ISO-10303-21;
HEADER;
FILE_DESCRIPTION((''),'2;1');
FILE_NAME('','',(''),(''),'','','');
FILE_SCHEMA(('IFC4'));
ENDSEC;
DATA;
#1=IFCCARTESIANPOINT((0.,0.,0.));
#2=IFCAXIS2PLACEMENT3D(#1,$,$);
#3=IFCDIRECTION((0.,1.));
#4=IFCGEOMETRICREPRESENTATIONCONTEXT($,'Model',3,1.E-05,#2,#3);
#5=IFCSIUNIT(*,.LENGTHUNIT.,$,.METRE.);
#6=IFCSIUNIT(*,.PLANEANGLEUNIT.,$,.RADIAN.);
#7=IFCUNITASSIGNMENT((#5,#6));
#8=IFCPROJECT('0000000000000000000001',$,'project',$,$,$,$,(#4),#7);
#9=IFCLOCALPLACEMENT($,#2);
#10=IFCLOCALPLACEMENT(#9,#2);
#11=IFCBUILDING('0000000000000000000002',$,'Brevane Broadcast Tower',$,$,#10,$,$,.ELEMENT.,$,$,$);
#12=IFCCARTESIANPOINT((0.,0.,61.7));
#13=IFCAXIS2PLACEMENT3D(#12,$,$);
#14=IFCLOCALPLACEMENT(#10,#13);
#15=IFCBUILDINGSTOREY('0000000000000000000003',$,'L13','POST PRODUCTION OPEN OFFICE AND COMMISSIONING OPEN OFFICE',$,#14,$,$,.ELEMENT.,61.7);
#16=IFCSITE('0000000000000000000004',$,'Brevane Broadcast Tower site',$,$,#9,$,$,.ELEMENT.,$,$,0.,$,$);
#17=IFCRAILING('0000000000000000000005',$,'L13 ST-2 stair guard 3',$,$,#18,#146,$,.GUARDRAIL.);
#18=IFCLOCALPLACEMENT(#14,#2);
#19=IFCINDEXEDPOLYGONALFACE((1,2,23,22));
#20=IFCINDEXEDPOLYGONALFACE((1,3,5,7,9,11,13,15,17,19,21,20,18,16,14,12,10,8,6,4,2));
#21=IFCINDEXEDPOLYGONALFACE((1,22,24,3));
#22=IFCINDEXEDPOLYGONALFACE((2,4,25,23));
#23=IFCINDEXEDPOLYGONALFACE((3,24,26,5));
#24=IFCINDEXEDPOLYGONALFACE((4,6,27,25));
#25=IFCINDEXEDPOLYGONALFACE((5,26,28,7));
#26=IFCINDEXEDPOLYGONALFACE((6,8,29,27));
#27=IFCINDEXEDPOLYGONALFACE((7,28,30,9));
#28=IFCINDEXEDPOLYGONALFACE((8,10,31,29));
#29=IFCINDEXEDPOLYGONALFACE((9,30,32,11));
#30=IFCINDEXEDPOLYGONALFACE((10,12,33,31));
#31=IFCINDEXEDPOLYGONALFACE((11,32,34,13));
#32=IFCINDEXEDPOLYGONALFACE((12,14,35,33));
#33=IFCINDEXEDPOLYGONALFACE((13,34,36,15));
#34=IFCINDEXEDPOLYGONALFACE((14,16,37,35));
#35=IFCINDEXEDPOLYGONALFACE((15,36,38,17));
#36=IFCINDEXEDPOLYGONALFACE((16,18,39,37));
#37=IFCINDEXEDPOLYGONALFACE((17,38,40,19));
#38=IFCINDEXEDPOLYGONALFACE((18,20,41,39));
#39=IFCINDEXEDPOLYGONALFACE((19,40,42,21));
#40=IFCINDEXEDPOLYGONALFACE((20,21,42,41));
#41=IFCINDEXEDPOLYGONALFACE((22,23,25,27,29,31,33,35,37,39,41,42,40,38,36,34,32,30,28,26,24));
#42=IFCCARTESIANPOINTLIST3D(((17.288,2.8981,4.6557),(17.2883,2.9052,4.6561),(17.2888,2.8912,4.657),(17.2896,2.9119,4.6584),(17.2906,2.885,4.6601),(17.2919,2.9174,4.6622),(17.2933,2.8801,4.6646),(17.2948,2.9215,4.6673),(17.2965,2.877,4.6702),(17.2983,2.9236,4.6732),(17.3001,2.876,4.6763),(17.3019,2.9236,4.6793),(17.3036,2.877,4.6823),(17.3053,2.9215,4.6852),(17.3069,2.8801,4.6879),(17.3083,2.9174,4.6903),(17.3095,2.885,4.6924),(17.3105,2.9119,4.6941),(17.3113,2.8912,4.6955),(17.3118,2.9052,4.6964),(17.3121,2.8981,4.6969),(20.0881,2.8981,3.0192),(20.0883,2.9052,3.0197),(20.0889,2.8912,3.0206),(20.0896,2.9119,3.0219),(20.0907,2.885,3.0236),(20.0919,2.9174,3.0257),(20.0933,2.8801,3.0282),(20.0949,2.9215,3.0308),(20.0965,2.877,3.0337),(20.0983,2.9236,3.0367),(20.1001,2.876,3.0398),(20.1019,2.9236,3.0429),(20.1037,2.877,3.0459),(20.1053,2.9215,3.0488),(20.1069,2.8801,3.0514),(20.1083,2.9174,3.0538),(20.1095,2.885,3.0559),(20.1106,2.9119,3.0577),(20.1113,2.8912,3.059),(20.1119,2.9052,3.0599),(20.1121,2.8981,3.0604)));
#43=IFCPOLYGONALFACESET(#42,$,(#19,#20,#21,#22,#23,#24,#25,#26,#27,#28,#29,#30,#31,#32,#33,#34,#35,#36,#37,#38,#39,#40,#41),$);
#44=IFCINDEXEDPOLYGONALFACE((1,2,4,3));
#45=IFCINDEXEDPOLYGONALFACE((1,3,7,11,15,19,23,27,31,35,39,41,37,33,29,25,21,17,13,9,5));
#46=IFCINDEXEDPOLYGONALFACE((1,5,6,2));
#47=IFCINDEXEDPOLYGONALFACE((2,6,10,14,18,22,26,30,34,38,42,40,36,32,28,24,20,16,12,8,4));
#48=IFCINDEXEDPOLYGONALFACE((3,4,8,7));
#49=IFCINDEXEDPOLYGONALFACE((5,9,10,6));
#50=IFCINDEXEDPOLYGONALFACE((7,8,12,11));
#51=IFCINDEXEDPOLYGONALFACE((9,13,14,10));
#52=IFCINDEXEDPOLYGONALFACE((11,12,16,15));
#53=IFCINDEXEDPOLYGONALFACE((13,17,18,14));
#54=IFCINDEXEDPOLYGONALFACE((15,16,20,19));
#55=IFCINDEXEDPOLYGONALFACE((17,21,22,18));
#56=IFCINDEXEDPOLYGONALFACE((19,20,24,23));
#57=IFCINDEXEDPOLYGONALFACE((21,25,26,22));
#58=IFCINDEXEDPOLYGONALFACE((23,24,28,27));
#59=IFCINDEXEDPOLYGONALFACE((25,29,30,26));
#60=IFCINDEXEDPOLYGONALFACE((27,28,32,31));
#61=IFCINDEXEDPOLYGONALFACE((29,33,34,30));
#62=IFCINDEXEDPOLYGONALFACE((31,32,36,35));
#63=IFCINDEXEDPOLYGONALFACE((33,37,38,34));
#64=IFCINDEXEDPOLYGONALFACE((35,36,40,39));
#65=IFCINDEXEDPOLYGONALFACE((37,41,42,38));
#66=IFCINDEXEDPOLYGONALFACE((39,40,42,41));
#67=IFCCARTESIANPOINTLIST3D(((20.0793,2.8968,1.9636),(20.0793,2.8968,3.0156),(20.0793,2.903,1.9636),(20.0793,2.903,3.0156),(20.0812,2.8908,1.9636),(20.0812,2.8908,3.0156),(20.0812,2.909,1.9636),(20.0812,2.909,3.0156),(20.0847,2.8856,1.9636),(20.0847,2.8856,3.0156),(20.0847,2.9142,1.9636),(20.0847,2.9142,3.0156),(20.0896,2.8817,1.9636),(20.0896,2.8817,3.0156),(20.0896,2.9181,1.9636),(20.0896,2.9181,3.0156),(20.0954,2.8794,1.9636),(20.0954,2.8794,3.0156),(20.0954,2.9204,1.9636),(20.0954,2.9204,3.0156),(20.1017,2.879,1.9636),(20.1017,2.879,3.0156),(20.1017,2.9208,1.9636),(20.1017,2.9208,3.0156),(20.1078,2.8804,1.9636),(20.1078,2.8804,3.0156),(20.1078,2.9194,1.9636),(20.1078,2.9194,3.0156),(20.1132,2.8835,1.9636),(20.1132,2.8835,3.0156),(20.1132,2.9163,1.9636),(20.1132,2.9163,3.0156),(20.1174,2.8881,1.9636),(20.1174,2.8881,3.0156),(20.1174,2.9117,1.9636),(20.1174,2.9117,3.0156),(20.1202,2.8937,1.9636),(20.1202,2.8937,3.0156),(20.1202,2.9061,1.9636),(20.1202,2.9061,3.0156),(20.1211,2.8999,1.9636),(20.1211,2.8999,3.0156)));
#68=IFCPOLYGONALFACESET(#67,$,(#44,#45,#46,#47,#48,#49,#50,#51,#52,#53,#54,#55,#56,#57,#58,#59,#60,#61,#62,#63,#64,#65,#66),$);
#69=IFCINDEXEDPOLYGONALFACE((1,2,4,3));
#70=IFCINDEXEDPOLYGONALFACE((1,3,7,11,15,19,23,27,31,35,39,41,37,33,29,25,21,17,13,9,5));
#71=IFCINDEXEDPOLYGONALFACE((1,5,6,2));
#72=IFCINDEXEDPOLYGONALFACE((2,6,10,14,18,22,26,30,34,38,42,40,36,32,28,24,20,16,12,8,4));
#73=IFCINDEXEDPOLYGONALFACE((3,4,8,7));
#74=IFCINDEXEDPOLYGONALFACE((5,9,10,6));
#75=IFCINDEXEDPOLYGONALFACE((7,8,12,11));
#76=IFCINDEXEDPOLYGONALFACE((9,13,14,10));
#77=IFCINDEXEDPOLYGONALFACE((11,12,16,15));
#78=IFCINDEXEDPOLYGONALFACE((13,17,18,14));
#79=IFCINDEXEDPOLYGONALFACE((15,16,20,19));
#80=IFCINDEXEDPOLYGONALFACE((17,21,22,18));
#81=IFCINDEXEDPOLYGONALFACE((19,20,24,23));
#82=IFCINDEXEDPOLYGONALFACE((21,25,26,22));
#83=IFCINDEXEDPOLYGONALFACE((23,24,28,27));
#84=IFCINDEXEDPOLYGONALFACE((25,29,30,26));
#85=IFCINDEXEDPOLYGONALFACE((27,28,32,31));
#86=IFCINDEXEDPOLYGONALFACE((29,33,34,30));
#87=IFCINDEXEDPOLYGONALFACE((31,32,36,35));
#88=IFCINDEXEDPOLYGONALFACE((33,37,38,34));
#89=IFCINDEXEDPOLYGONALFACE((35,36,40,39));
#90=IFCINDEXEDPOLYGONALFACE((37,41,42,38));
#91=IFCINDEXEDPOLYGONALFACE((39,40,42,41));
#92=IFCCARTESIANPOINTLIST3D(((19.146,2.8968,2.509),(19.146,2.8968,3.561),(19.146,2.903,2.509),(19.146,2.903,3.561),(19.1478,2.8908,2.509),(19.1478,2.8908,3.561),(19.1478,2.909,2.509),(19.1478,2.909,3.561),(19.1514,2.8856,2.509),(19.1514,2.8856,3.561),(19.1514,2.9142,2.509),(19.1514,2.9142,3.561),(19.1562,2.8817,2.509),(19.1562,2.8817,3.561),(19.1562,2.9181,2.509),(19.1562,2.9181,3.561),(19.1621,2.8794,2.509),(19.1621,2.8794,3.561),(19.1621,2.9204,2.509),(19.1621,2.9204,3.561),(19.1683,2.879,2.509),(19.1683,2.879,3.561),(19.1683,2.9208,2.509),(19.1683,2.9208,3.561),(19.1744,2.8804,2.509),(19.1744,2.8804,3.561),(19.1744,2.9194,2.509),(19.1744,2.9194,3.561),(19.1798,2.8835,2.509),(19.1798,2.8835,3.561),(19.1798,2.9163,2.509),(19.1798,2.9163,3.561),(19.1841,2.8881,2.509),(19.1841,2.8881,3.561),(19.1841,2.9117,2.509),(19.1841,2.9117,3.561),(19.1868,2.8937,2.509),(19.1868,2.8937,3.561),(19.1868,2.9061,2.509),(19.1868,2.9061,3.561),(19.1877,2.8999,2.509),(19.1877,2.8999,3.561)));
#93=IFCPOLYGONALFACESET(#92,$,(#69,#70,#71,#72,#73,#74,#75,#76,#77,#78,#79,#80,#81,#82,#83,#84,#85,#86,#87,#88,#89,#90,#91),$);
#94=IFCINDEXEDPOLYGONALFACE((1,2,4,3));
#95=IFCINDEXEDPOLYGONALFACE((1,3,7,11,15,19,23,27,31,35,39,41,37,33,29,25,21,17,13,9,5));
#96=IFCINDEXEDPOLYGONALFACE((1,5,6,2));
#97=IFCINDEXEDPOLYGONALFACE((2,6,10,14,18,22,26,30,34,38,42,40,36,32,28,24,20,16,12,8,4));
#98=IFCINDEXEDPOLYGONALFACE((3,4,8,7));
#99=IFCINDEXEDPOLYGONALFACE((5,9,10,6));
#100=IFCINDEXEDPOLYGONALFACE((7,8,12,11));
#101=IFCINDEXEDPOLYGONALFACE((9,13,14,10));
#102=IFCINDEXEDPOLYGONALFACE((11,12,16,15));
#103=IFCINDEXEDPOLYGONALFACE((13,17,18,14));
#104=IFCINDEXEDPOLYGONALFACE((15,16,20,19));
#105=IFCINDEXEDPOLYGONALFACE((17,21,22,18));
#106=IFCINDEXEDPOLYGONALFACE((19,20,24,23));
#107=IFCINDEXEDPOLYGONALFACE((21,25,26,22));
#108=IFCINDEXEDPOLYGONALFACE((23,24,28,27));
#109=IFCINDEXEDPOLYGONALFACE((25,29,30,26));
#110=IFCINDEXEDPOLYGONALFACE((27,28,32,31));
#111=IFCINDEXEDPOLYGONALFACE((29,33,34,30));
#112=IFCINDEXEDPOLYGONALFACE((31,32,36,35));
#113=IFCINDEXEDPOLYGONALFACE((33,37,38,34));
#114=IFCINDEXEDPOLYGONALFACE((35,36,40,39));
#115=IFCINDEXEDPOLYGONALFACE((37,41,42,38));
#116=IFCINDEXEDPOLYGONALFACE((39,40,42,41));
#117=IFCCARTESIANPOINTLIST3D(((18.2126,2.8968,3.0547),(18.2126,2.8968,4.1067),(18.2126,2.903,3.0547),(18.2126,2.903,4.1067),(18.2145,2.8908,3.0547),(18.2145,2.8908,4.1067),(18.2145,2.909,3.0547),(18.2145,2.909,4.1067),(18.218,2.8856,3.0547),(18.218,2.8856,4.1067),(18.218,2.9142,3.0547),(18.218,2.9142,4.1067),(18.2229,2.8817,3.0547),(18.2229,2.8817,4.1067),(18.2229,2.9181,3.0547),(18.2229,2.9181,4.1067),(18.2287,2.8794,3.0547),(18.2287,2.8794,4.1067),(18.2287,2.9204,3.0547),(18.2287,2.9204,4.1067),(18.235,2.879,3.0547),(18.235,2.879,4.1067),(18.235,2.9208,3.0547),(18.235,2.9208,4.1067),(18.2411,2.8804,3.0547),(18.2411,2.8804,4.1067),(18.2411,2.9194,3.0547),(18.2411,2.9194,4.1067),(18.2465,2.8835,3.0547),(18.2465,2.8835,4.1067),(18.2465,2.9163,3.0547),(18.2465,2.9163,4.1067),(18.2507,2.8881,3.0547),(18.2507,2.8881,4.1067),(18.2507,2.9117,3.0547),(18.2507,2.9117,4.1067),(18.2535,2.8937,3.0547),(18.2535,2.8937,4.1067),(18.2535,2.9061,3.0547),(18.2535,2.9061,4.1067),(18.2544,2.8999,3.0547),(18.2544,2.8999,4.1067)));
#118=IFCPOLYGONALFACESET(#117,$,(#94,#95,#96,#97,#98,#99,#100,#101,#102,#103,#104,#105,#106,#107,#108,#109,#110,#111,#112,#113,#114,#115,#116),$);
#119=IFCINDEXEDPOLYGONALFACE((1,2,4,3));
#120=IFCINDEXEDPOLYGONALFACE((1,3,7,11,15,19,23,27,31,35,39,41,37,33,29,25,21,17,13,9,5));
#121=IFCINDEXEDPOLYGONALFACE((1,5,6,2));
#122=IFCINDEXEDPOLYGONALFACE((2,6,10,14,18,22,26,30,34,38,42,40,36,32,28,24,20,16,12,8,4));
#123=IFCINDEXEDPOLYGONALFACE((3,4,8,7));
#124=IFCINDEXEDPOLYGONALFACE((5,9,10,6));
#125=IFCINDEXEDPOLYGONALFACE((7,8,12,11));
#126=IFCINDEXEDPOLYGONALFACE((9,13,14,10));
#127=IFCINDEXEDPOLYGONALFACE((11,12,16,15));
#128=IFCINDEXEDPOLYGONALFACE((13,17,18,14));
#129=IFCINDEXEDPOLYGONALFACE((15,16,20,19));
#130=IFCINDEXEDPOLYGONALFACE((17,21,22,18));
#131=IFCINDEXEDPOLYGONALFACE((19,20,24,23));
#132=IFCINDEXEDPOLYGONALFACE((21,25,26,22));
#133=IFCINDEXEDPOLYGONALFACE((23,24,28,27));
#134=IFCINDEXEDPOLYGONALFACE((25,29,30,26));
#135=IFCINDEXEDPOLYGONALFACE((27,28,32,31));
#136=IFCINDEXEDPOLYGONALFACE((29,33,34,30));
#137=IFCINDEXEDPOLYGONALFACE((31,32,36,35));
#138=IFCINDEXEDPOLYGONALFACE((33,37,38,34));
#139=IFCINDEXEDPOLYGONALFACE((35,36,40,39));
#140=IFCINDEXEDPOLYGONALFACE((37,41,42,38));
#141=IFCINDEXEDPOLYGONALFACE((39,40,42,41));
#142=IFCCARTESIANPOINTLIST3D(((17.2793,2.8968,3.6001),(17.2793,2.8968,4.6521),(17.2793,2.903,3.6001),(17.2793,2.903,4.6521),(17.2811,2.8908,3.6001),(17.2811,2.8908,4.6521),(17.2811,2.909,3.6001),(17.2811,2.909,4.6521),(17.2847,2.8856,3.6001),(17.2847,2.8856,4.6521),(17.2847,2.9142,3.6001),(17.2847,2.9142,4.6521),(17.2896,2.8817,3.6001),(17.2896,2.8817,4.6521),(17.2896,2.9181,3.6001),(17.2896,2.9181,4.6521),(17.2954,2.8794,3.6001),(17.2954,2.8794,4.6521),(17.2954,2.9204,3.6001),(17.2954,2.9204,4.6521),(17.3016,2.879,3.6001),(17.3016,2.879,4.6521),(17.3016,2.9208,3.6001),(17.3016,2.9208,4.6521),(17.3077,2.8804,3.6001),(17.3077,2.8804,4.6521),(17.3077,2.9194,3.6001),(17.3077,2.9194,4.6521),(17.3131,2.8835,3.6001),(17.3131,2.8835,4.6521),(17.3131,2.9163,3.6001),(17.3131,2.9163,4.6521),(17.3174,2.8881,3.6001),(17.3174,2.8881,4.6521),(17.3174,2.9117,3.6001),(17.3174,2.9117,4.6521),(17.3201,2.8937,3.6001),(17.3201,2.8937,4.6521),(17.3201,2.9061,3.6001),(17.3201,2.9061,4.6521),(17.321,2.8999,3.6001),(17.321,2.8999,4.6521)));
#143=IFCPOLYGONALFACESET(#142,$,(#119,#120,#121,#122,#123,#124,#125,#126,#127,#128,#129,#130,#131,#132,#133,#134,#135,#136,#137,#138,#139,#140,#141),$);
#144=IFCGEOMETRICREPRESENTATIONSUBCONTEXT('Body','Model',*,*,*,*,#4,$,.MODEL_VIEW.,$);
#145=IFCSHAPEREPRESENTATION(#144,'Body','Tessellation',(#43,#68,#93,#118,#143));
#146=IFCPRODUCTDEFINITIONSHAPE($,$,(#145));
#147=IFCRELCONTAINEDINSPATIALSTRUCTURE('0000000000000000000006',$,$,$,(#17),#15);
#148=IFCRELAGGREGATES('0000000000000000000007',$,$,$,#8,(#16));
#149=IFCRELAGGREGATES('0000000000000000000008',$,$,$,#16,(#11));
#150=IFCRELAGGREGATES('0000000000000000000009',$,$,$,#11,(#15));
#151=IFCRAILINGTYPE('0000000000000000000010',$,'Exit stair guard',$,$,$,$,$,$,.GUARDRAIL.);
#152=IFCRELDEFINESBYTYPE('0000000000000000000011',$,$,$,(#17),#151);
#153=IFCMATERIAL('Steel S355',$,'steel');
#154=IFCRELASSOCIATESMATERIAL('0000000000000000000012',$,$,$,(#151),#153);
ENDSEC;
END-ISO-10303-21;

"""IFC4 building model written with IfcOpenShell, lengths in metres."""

from ifc_helpers import new_model, si_unit, direction, frame, origin, origin_2d, place, context, subcontext, project, spatial, circle, extrude, material, type_object, element, save


model = new_model("IFC4")

# Units and contexts
model_context = context("Model", 3, precision=1e-05, world=origin(), true_north=direction((0.0, 1.0)))
body_context = subcontext(model_context, "Body", "Model", "MODEL_VIEW")
ifc_project = project(units=[si_unit("LENGTHUNIT", "METRE"), si_unit("PLANEANGLEUNIT", "RADIAN")], contexts=[model_context])

# Site, building, storey
site_placement = place(None, origin())
site = spatial("IfcSite", under=ifc_project, at=site_placement, Name="Brevane Broadcast Tower site", CompositionType="ELEMENT", RefElevation=0.0)
building_placement = place(site_placement, origin())
building = spatial("IfcBuilding", under=site, at=building_placement, Name="Brevane Broadcast Tower", CompositionType="ELEMENT")
storey_placement = place(building_placement, frame((0.0, 0.0, 61.7)))
storey = spatial("IfcBuildingStorey", under=building, at=storey_placement, Name="L13", Description="POST PRODUCTION OPEN OFFICE AND COMMISSIONING OPEN OFFICE", CompositionType="ELEMENT", Elevation=61.7)

# Railing
ifc_material_1 = material(Name="Steel S355", Category="steel")
railing_type_1 = type_object("IfcRailingType", Name="Exit stair guard", PredefinedType="GUARDRAIL", material=ifc_material_1)
railing_1_placement = place(storey_placement, frame((20.1001, 2.8999, 1.9636)))
element("IfcRailing", 1, at=railing_1_placement, inside=storey, type_object=railing_type_1, Name="L13 ST-2 stair guard 3", PredefinedType="GUARDRAIL", context=body_context, shape_type="SweptSolid", body=[
    extrude(circle(Radius=0.0239, at=origin_2d()), frame((0.0, 0.0, 1.0762), z_axis=(-0.863361, 0.0, 0.504587), x_axis=(0.0, -1.0, 0.0)), (0.0, 0.0, 1.0), 3.2432),
    extrude(circle(Radius=0.021, at=origin_2d()), origin(), (0.0, 0.0, 1.0), 1.052),
    extrude(circle(Radius=0.021, at=origin_2d()), frame((-0.9333, 0.0, 0.5454)), (0.0, 0.0, 1.0), 1.052),
    extrude(circle(Radius=0.021, at=origin_2d()), frame((-1.8667, 0.0, 1.0911)), (0.0, 0.0, 1.0), 1.052),
    extrude(circle(Radius=0.021, at=origin_2d()), frame((-2.8, 0.0, 1.6365)), (0.0, 0.0, 1.0), 1.052),
])

save(model, "model.ifc")
